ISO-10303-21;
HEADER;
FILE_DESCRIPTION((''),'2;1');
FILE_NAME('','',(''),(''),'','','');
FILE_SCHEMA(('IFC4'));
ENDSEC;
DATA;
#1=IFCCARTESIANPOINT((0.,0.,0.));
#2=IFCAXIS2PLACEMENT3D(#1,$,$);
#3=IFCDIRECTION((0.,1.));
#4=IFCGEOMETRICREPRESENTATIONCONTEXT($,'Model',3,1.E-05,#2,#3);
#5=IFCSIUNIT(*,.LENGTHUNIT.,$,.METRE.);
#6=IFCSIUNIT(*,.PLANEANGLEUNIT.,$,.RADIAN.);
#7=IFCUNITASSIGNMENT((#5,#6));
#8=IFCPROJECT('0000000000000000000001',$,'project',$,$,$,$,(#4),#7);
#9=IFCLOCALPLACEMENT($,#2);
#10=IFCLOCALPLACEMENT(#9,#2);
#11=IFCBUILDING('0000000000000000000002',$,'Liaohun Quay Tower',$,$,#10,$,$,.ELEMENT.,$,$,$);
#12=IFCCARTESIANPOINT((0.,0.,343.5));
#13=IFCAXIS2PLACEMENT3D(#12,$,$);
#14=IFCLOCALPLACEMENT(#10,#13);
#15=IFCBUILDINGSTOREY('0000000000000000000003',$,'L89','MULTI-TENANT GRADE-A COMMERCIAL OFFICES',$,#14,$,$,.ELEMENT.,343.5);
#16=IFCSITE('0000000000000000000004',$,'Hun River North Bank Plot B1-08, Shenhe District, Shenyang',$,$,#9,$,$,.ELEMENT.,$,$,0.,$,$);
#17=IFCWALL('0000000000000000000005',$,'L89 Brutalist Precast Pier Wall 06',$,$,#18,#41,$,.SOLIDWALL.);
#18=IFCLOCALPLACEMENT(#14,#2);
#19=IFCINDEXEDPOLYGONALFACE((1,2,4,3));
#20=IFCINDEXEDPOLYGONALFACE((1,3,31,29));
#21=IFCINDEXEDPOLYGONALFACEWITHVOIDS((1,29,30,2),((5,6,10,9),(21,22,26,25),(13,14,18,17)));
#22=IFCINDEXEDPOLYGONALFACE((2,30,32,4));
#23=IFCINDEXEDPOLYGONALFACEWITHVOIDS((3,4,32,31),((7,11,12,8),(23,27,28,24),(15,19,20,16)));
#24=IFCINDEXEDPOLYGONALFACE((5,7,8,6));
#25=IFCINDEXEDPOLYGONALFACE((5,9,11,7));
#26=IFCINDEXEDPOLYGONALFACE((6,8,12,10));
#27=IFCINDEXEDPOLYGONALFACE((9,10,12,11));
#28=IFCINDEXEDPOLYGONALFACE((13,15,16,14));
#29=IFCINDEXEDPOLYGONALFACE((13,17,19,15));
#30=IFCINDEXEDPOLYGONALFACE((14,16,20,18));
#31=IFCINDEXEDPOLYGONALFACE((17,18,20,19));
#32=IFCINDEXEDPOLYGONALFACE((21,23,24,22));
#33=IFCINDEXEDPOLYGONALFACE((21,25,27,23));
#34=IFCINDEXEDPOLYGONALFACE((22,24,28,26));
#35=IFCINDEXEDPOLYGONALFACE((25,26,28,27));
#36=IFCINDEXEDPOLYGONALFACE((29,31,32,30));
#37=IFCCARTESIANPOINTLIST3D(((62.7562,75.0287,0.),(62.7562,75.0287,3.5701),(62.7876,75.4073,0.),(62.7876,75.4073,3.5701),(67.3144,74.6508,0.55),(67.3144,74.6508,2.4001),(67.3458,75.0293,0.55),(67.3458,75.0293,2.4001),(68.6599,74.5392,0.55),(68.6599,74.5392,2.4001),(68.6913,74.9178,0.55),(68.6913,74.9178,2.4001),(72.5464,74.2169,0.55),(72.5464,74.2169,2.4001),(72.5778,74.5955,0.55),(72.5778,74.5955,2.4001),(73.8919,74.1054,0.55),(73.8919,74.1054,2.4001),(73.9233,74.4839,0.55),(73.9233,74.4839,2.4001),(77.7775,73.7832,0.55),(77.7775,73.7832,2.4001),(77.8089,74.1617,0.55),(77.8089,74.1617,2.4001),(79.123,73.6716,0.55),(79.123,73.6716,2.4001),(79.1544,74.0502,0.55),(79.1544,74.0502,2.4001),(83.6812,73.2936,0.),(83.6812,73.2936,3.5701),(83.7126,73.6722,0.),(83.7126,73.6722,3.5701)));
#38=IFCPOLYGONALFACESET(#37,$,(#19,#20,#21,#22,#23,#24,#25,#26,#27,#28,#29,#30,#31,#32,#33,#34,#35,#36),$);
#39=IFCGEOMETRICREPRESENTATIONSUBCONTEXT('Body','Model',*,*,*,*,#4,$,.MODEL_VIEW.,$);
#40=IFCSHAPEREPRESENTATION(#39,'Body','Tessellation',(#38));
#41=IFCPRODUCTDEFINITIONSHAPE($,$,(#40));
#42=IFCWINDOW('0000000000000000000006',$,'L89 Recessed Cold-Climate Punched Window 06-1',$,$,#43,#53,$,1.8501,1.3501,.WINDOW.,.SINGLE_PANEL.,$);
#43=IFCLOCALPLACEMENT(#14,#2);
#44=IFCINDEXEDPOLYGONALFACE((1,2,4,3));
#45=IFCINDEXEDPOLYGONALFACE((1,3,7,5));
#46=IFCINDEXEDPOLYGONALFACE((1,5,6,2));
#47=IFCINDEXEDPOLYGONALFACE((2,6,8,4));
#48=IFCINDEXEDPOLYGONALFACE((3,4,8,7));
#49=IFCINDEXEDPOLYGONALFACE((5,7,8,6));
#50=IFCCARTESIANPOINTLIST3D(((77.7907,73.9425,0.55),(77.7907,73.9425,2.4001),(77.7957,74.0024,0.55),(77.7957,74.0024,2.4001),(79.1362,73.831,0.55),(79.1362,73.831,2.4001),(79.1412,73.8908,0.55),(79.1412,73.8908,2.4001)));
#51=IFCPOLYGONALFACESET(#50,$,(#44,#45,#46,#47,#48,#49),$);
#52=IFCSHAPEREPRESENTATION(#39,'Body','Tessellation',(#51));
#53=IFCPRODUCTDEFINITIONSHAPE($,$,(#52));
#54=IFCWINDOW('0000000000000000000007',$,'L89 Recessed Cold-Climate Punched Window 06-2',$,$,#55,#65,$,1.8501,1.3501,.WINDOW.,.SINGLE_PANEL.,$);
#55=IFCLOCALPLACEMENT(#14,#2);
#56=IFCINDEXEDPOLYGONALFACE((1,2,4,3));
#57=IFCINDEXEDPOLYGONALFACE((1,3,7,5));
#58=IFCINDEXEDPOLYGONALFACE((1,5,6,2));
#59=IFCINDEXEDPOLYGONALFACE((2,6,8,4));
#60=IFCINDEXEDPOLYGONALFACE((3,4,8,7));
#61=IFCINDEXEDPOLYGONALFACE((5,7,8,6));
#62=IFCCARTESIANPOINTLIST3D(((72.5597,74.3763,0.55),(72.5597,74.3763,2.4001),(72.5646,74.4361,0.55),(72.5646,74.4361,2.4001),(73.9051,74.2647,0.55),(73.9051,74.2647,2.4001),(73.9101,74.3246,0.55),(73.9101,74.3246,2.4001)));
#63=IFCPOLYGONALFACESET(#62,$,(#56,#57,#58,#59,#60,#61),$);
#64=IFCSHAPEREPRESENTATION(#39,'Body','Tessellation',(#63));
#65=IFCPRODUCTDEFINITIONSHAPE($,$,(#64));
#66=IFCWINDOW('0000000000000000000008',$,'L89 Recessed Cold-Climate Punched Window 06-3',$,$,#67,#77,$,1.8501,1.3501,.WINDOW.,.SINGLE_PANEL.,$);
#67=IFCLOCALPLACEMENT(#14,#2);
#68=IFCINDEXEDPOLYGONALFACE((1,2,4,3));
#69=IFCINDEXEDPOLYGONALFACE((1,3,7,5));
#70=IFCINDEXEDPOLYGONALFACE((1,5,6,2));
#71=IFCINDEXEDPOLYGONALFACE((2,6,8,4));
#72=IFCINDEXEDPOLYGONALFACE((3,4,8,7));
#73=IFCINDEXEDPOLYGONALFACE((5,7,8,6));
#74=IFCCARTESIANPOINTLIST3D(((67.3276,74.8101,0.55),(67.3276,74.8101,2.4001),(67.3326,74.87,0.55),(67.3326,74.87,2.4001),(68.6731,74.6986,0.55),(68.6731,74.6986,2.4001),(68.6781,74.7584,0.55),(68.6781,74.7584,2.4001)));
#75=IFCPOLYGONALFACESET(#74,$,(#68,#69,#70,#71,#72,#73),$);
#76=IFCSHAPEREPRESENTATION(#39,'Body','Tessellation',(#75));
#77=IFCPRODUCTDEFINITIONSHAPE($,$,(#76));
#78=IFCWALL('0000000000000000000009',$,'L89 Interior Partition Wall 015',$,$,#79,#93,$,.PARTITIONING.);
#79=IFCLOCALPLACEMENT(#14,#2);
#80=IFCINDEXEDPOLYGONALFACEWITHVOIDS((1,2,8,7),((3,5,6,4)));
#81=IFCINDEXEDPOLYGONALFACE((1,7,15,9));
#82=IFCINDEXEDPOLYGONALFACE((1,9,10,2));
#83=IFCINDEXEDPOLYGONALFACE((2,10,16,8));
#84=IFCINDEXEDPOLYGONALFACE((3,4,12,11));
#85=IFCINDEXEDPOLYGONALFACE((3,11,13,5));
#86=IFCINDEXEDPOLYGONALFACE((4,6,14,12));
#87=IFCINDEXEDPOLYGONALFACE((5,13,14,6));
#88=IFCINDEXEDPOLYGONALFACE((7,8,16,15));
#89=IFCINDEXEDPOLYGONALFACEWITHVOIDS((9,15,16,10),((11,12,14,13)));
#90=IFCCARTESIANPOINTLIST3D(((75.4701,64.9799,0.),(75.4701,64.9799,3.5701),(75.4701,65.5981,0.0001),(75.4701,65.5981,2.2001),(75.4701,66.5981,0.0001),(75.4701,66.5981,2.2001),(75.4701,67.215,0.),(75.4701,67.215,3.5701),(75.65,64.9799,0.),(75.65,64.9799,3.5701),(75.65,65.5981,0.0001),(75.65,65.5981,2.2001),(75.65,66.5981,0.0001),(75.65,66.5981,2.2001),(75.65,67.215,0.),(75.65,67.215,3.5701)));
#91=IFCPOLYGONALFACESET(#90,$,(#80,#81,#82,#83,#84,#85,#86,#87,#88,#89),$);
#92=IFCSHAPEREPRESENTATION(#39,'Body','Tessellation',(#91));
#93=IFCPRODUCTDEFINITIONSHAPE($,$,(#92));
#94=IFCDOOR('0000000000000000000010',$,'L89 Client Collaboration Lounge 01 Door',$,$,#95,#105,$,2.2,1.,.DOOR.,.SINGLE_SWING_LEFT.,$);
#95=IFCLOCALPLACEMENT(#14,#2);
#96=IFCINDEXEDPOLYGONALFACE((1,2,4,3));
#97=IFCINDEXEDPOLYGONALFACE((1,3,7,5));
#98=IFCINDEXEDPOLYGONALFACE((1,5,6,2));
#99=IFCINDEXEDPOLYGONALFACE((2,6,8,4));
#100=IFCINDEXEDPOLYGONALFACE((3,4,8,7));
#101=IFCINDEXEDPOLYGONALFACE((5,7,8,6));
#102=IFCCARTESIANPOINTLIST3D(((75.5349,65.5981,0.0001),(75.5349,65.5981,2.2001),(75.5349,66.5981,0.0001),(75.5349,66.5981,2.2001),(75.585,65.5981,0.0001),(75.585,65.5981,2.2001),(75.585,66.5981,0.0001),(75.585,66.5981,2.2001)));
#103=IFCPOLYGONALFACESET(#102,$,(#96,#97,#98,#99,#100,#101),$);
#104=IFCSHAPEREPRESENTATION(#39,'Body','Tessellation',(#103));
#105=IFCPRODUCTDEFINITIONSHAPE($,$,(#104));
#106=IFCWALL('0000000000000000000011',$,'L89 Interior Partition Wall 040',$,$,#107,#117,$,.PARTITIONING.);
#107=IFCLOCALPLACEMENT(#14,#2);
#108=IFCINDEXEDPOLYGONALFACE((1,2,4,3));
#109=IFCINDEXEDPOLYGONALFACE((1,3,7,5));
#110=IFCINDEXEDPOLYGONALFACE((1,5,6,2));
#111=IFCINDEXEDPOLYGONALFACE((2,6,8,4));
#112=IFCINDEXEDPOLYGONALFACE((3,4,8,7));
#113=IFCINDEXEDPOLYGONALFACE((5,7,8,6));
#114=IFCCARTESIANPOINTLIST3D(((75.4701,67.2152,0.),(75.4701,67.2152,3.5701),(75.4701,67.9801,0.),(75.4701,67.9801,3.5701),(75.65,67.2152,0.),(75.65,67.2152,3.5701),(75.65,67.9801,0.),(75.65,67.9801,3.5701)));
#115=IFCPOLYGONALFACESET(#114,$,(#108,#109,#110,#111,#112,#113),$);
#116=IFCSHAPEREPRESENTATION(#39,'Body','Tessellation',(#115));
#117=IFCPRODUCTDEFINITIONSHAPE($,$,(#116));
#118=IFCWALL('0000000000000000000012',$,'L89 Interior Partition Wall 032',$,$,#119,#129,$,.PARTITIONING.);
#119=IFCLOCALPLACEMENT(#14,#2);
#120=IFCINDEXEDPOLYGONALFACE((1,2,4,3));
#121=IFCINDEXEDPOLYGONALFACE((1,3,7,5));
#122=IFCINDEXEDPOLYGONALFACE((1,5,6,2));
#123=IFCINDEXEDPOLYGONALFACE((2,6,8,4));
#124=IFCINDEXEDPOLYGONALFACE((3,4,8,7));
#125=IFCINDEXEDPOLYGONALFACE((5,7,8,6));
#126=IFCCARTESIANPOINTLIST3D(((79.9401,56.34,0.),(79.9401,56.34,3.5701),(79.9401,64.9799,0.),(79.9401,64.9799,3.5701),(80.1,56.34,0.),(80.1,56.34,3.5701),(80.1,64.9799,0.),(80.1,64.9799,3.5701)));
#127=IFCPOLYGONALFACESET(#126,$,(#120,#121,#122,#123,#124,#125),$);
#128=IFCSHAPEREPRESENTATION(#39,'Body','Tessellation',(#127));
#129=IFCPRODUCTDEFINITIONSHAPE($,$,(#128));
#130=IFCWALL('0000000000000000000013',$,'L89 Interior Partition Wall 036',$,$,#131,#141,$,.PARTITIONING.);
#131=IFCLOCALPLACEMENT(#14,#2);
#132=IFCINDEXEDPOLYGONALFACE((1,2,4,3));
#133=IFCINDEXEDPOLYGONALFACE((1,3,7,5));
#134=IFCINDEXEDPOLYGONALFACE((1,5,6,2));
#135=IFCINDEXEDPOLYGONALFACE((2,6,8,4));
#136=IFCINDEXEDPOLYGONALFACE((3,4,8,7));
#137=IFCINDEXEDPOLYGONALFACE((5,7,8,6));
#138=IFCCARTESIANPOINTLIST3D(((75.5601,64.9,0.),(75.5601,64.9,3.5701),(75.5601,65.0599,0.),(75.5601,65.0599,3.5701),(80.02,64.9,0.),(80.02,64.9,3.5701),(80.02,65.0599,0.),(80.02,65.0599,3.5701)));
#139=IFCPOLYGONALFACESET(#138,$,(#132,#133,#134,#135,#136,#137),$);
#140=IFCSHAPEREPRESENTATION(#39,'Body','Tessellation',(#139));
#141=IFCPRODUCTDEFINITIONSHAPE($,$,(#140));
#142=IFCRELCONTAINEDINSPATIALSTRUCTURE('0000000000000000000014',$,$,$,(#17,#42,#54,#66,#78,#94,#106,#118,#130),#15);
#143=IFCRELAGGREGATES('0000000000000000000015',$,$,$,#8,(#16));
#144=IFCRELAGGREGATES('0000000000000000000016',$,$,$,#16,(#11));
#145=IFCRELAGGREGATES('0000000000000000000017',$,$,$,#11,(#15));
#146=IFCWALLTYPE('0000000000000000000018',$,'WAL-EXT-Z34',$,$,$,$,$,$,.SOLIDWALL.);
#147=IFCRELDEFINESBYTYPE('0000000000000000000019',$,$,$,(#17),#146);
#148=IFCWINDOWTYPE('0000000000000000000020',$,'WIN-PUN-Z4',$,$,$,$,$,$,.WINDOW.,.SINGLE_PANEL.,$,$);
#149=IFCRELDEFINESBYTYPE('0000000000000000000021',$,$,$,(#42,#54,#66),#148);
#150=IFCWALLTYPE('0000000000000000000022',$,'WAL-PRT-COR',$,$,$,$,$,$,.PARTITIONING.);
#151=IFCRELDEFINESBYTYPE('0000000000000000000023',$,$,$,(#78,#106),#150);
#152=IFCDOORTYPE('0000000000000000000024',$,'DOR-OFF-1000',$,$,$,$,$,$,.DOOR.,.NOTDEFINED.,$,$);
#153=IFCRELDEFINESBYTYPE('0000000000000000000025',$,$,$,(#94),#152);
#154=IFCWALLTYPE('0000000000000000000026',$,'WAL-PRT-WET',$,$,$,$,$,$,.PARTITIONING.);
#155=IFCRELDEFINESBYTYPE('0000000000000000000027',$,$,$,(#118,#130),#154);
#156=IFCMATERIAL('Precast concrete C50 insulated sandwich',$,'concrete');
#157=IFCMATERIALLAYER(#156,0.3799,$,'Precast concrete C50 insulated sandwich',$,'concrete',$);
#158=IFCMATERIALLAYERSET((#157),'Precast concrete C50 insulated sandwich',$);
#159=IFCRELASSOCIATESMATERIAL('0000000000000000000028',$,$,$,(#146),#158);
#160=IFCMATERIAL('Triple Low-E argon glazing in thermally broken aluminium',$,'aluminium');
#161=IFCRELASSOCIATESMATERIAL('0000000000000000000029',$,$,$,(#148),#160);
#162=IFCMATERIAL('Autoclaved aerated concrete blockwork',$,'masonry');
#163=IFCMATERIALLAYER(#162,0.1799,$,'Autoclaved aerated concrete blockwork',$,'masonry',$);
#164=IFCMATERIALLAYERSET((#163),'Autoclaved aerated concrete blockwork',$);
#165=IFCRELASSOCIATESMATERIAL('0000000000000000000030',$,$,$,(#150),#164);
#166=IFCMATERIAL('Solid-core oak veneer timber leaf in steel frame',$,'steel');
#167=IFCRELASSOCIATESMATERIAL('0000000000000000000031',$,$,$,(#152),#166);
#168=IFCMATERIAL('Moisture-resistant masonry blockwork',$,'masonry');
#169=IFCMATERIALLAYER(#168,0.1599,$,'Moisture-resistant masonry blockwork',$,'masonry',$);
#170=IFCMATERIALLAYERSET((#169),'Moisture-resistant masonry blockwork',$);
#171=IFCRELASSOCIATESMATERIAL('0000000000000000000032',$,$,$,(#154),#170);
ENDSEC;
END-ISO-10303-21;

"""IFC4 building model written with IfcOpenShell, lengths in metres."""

from ifc_helpers import new_model, si_unit, direction, frame, frame_2d, origin, place, context, subcontext, project, spatial, rectangle, extrude, source, transform, mapped, material, layer, layer_set, type_object, element, fill, save


model = new_model("IFC4")

# Units and contexts
model_context = context("Model", 3, precision=1e-05, world=origin(), true_north=direction((0.0, 1.0)))
body_context = subcontext(model_context, "Body", "Model", "MODEL_VIEW")
ifc_project = project(units=[si_unit("LENGTHUNIT", "METRE"), si_unit("PLANEANGLEUNIT", "RADIAN")], contexts=[model_context])

# Site, building, storey
site_placement = place(None, origin())
site = spatial("IfcSite", under=ifc_project, at=site_placement, Name="Hun River North Bank Plot B1-08, Shenhe District, Shenyang", CompositionType="ELEMENT", RefElevation=0.0)
building_placement = place(site_placement, origin())
building = spatial("IfcBuilding", under=site, at=building_placement, Name="Liaohun Quay Tower", CompositionType="ELEMENT")
storey_placement = place(building_placement, frame((0.0, 0.0, 343.5)))
storey = spatial("IfcBuildingStorey", under=building, at=storey_placement, Name="L89", Description="MULTI-TENANT GRADE-A COMMERCIAL OFFICES", CompositionType="ELEMENT", Elevation=343.5)

# Shared definitions
ifc_material_1 = material(Name="Precast concrete C50 insulated sandwich", Category="concrete")
ifc_layer_1 = layer(ifc_material_1, 0.3799, Name="Precast concrete C50 insulated sandwich", Category="concrete")
ifc_layer_set_1 = layer_set([ifc_layer_1], Name="Precast concrete C50 insulated sandwich")
wall_type_1 = type_object("IfcWallType", Name="WAL-EXT-Z34", PredefinedType="SOLIDWALL", material=ifc_layer_set_1)

# Wall, openings, windows
wall_1_placement = place(storey_placement, frame((83.697, 73.4829, 0.0), z_axis=(0.0, 0.0, 1.0), x_axis=(-0.99658, 0.082637, 0.0)))
wall_1 = element("IfcWall", 1, at=wall_1_placement, inside=storey, type_object=wall_type_1, Name="L89 Brutalist Precast Pier Wall 06", PredefinedType="SOLIDWALL", context=body_context, shape_type="SweptSolid", body=[
    extrude(rectangle(XDim=20.9968, YDim=0.3799, at=frame_2d((10.4985, 0.0))), origin(), (0.0, 0.0, 1.0), 3.5701),
])
shared_shape_1 = source(origin(), body_context, "Body", "SweptSolid", [
    extrude(rectangle(XDim=1.3501, YDim=1.8501, at=frame_2d((0.675, 0.925))), frame((0.0, 0.2, 0.0), z_axis=(0.0, -1.0, 0.0), x_axis=(1.0, 0.0, 0.0)), (0.0, 0.0, 1.0), 0.3999),
])
opening_1_placement = place(wall_1_placement, frame((4.574, 0.0, 0.55)))
opening_1 = element("IfcOpeningElement", 2, at=opening_1_placement, cuts=wall_1, PredefinedType="OPENING", context=body_context, shape_type="MappedRepresentation", body=[
    mapped(shared_shape_1, transform((0.0, 0.0, 0.0), x_axis=(1.0, 0.0, 0.0), y_axis=(0.0, 1.0, 0.0), z_axis=(0.0, 0.0, 1.0), scale=1.0)),
])
opening_2_placement = place(wall_1_placement, frame((9.823, 0.0, 0.55)))
opening_2 = element("IfcOpeningElement", 3, at=opening_2_placement, cuts=wall_1, PredefinedType="OPENING", context=body_context, shape_type="MappedRepresentation", body=[
    mapped(shared_shape_1, transform((0.0, 0.0, 0.0), x_axis=(1.0, 0.0, 0.0), y_axis=(0.0, 1.0, 0.0), z_axis=(0.0, 0.0, 1.0), scale=1.0)),
])
opening_3_placement = place(wall_1_placement, frame((15.073, 0.0, 0.55)))
opening_3 = element("IfcOpeningElement", 4, at=opening_3_placement, cuts=wall_1, PredefinedType="OPENING", context=body_context, shape_type="MappedRepresentation", body=[
    mapped(shared_shape_1, transform((0.0, 0.0, 0.0), x_axis=(1.0, 0.0, 0.0), y_axis=(0.0, 1.0, 0.0), z_axis=(0.0, 0.0, 1.0), scale=1.0)),
])
ifc_material_2 = material(Name="Triple Low-E argon glazing in thermally broken aluminium", Category="aluminium")
window_type_1 = type_object("IfcWindowType", Name="WIN-PUN-Z4", PartitioningType="SINGLE_PANEL", PredefinedType="WINDOW", material=ifc_material_2)
shared_shape_2 = source(origin(), body_context, "Body", "SweptSolid", [
    extrude(rectangle(XDim=1.3501, YDim=1.8501, at=frame_2d((0.675, 0.925))), frame((0.0, 0.03, 0.0), z_axis=(0.0, -1.0, 0.0), x_axis=(1.0, 0.0, 0.0)), (0.0, 0.0, 1.0), 0.0601),
])
window_1_placement = place(opening_1_placement, origin())
window_1 = element("IfcWindow", 5, at=window_1_placement, inside=storey, type_object=window_type_1, Name="L89 Recessed Cold-Climate Punched Window 06-1", OverallHeight=1.8501, OverallWidth=1.3501, PartitioningType="SINGLE_PANEL", PredefinedType="WINDOW", context=body_context, shape_type="MappedRepresentation", body=[
    mapped(shared_shape_2, transform((0.0, 0.0, 0.0), x_axis=(1.0, 0.0, 0.0), y_axis=(0.0, 1.0, 0.0), z_axis=(0.0, 0.0, 1.0), scale=1.0)),
])
fill(opening_1, window_1)
window_2_placement = place(opening_2_placement, origin())
window_2 = element("IfcWindow", 6, at=window_2_placement, inside=storey, type_object=window_type_1, Name="L89 Recessed Cold-Climate Punched Window 06-2", OverallHeight=1.8501, OverallWidth=1.3501, PartitioningType="SINGLE_PANEL", PredefinedType="WINDOW", context=body_context, shape_type="MappedRepresentation", body=[
    mapped(shared_shape_2, transform((0.0, 0.0, 0.0), x_axis=(1.0, 0.0, 0.0), y_axis=(0.0, 1.0, 0.0), z_axis=(0.0, 0.0, 1.0), scale=1.0)),
])
fill(opening_2, window_2)
window_3_placement = place(opening_3_placement, origin())
window_3 = element("IfcWindow", 7, at=window_3_placement, inside=storey, type_object=window_type_1, Name="L89 Recessed Cold-Climate Punched Window 06-3", OverallHeight=1.8501, OverallWidth=1.3501, PartitioningType="SINGLE_PANEL", PredefinedType="WINDOW", context=body_context, shape_type="MappedRepresentation", body=[
    mapped(shared_shape_2, transform((0.0, 0.0, 0.0), x_axis=(1.0, 0.0, 0.0), y_axis=(0.0, 1.0, 0.0), z_axis=(0.0, 0.0, 1.0), scale=1.0)),
])
fill(opening_3, window_3)

# Wall, opening, door
ifc_material_3 = material(Name="Autoclaved aerated concrete blockwork", Category="masonry")
ifc_layer_2 = layer(ifc_material_3, 0.1799, Name="Autoclaved aerated concrete blockwork", Category="masonry")
ifc_layer_set_2 = layer_set([ifc_layer_2], Name="Autoclaved aerated concrete blockwork")
wall_type_2 = type_object("IfcWallType", Name="WAL-PRT-COR", PredefinedType="PARTITIONING", material=ifc_layer_set_2)
wall_2_placement = place(storey_placement, frame((75.5601, 67.2151, 0.0), z_axis=(0.0, 0.0, 1.0), x_axis=(0.0, -1.0, 0.0)))
wall_2 = element("IfcWall", 8, at=wall_2_placement, inside=storey, type_object=wall_type_2, Name="L89 Interior Partition Wall 015", PredefinedType="PARTITIONING", context=body_context, shape_type="SweptSolid", body=[
    extrude(rectangle(XDim=2.2351, YDim=0.1799, at=frame_2d((1.1177, 0.0))), origin(), (0.0, 0.0, 1.0), 3.5701),
])
shared_shape_3 = source(origin(), body_context, "Body", "SweptSolid", [
    extrude(rectangle(XDim=1.0, YDim=2.2, at=frame_2d((0.5, 1.1001))), frame((0.0, 0.0999, 0.0), z_axis=(0.0, -1.0, 0.0), x_axis=(1.0, 0.0, 0.0)), (0.0, 0.0, 1.0), 0.2),
])
opening_4_placement = place(wall_2_placement, frame((0.6169, 0.0, 0.0)))
opening_4 = element("IfcOpeningElement", 9, at=opening_4_placement, cuts=wall_2, PredefinedType="OPENING", context=body_context, shape_type="MappedRepresentation", body=[
    mapped(shared_shape_3, transform((0.0, 0.0, 0.0), x_axis=(1.0, 0.0, 0.0), y_axis=(0.0, 1.0, 0.0), z_axis=(0.0, 0.0, 1.0), scale=1.0)),
])
ifc_material_4 = material(Name="Solid-core oak veneer timber leaf in steel frame", Category="steel")
door_type = type_object("IfcDoorType", Name="DOR-OFF-1000", OperationType="NOTDEFINED", PredefinedType="DOOR", material=ifc_material_4)
shared_shape_4 = source(origin(), body_context, "Body", "SweptSolid", [
    extrude(rectangle(XDim=1.0, YDim=2.2, at=frame_2d((0.5, 1.1001))), frame((0.0, 0.0249, 0.0), z_axis=(0.0, -1.0, 0.0), x_axis=(1.0, 0.0, 0.0)), (0.0, 0.0, 1.0), 0.05),
])
door_placement = place(opening_4_placement, origin())
door = element("IfcDoor", 10, at=door_placement, inside=storey, type_object=door_type, Name="L89 Client Collaboration Lounge 01 Door", OperationType="SINGLE_SWING_LEFT", OverallHeight=2.2, OverallWidth=1.0, PredefinedType="DOOR", context=body_context, shape_type="MappedRepresentation", body=[
    mapped(shared_shape_4, transform((0.0, 0.0, 0.0), x_axis=(1.0, 0.0, 0.0), y_axis=(0.0, 1.0, 0.0), z_axis=(0.0, 0.0, 1.0), scale=1.0)),
])
fill(opening_4, door)

# Walls
wall_3_placement = place(storey_placement, frame((75.5601, 67.98, 0.0), z_axis=(0.0, 0.0, 1.0), x_axis=(0.0, -1.0, 0.0)))
element("IfcWall", 11, at=wall_3_placement, inside=storey, type_object=wall_type_2, Name="L89 Interior Partition Wall 040", PredefinedType="PARTITIONING", context=body_context, shape_type="SweptSolid", body=[
    extrude(rectangle(XDim=0.7649, YDim=0.1799, at=frame_2d((0.3823, 0.0))), origin(), (0.0, 0.0, 1.0), 3.5701),
])
ifc_material_5 = material(Name="Moisture-resistant masonry blockwork", Category="masonry")
ifc_layer_3 = layer(ifc_material_5, 0.1599, Name="Moisture-resistant masonry blockwork", Category="masonry")
ifc_layer_set_3 = layer_set([ifc_layer_3], Name="Moisture-resistant masonry blockwork")
wall_type_3 = type_object("IfcWallType", Name="WAL-PRT-WET", PredefinedType="PARTITIONING", material=ifc_layer_set_3)
wall_4_placement = place(storey_placement, frame((80.02, 56.3401, 0.0), z_axis=(0.0, 0.0, 1.0), x_axis=(0.0, 1.0, 0.0)))
element("IfcWall", 12, at=wall_4_placement, inside=storey, type_object=wall_type_3, Name="L89 Interior Partition Wall 032", PredefinedType="PARTITIONING", context=body_context, shape_type="SweptSolid", body=[
    extrude(rectangle(XDim=8.6399, YDim=0.1599, at=frame_2d((4.3198, 0.0))), origin(), (0.0, 0.0, 1.0), 3.5701),
])
wall_5_placement = place(storey_placement, frame((75.5601, 64.98, 0.0), z_axis=(0.0, 0.0, 1.0), x_axis=(1.0, 0.0, 0.0)))
element("IfcWall", 13, at=wall_5_placement, inside=storey, type_object=wall_type_3, Name="L89 Interior Partition Wall 036", PredefinedType="PARTITIONING", context=body_context, shape_type="SweptSolid", body=[
    extrude(rectangle(XDim=4.46, YDim=0.1599, at=frame_2d((2.23, 0.0))), origin(), (0.0, 0.0, 1.0), 3.5701),
])

save(model, "model.ifc")
